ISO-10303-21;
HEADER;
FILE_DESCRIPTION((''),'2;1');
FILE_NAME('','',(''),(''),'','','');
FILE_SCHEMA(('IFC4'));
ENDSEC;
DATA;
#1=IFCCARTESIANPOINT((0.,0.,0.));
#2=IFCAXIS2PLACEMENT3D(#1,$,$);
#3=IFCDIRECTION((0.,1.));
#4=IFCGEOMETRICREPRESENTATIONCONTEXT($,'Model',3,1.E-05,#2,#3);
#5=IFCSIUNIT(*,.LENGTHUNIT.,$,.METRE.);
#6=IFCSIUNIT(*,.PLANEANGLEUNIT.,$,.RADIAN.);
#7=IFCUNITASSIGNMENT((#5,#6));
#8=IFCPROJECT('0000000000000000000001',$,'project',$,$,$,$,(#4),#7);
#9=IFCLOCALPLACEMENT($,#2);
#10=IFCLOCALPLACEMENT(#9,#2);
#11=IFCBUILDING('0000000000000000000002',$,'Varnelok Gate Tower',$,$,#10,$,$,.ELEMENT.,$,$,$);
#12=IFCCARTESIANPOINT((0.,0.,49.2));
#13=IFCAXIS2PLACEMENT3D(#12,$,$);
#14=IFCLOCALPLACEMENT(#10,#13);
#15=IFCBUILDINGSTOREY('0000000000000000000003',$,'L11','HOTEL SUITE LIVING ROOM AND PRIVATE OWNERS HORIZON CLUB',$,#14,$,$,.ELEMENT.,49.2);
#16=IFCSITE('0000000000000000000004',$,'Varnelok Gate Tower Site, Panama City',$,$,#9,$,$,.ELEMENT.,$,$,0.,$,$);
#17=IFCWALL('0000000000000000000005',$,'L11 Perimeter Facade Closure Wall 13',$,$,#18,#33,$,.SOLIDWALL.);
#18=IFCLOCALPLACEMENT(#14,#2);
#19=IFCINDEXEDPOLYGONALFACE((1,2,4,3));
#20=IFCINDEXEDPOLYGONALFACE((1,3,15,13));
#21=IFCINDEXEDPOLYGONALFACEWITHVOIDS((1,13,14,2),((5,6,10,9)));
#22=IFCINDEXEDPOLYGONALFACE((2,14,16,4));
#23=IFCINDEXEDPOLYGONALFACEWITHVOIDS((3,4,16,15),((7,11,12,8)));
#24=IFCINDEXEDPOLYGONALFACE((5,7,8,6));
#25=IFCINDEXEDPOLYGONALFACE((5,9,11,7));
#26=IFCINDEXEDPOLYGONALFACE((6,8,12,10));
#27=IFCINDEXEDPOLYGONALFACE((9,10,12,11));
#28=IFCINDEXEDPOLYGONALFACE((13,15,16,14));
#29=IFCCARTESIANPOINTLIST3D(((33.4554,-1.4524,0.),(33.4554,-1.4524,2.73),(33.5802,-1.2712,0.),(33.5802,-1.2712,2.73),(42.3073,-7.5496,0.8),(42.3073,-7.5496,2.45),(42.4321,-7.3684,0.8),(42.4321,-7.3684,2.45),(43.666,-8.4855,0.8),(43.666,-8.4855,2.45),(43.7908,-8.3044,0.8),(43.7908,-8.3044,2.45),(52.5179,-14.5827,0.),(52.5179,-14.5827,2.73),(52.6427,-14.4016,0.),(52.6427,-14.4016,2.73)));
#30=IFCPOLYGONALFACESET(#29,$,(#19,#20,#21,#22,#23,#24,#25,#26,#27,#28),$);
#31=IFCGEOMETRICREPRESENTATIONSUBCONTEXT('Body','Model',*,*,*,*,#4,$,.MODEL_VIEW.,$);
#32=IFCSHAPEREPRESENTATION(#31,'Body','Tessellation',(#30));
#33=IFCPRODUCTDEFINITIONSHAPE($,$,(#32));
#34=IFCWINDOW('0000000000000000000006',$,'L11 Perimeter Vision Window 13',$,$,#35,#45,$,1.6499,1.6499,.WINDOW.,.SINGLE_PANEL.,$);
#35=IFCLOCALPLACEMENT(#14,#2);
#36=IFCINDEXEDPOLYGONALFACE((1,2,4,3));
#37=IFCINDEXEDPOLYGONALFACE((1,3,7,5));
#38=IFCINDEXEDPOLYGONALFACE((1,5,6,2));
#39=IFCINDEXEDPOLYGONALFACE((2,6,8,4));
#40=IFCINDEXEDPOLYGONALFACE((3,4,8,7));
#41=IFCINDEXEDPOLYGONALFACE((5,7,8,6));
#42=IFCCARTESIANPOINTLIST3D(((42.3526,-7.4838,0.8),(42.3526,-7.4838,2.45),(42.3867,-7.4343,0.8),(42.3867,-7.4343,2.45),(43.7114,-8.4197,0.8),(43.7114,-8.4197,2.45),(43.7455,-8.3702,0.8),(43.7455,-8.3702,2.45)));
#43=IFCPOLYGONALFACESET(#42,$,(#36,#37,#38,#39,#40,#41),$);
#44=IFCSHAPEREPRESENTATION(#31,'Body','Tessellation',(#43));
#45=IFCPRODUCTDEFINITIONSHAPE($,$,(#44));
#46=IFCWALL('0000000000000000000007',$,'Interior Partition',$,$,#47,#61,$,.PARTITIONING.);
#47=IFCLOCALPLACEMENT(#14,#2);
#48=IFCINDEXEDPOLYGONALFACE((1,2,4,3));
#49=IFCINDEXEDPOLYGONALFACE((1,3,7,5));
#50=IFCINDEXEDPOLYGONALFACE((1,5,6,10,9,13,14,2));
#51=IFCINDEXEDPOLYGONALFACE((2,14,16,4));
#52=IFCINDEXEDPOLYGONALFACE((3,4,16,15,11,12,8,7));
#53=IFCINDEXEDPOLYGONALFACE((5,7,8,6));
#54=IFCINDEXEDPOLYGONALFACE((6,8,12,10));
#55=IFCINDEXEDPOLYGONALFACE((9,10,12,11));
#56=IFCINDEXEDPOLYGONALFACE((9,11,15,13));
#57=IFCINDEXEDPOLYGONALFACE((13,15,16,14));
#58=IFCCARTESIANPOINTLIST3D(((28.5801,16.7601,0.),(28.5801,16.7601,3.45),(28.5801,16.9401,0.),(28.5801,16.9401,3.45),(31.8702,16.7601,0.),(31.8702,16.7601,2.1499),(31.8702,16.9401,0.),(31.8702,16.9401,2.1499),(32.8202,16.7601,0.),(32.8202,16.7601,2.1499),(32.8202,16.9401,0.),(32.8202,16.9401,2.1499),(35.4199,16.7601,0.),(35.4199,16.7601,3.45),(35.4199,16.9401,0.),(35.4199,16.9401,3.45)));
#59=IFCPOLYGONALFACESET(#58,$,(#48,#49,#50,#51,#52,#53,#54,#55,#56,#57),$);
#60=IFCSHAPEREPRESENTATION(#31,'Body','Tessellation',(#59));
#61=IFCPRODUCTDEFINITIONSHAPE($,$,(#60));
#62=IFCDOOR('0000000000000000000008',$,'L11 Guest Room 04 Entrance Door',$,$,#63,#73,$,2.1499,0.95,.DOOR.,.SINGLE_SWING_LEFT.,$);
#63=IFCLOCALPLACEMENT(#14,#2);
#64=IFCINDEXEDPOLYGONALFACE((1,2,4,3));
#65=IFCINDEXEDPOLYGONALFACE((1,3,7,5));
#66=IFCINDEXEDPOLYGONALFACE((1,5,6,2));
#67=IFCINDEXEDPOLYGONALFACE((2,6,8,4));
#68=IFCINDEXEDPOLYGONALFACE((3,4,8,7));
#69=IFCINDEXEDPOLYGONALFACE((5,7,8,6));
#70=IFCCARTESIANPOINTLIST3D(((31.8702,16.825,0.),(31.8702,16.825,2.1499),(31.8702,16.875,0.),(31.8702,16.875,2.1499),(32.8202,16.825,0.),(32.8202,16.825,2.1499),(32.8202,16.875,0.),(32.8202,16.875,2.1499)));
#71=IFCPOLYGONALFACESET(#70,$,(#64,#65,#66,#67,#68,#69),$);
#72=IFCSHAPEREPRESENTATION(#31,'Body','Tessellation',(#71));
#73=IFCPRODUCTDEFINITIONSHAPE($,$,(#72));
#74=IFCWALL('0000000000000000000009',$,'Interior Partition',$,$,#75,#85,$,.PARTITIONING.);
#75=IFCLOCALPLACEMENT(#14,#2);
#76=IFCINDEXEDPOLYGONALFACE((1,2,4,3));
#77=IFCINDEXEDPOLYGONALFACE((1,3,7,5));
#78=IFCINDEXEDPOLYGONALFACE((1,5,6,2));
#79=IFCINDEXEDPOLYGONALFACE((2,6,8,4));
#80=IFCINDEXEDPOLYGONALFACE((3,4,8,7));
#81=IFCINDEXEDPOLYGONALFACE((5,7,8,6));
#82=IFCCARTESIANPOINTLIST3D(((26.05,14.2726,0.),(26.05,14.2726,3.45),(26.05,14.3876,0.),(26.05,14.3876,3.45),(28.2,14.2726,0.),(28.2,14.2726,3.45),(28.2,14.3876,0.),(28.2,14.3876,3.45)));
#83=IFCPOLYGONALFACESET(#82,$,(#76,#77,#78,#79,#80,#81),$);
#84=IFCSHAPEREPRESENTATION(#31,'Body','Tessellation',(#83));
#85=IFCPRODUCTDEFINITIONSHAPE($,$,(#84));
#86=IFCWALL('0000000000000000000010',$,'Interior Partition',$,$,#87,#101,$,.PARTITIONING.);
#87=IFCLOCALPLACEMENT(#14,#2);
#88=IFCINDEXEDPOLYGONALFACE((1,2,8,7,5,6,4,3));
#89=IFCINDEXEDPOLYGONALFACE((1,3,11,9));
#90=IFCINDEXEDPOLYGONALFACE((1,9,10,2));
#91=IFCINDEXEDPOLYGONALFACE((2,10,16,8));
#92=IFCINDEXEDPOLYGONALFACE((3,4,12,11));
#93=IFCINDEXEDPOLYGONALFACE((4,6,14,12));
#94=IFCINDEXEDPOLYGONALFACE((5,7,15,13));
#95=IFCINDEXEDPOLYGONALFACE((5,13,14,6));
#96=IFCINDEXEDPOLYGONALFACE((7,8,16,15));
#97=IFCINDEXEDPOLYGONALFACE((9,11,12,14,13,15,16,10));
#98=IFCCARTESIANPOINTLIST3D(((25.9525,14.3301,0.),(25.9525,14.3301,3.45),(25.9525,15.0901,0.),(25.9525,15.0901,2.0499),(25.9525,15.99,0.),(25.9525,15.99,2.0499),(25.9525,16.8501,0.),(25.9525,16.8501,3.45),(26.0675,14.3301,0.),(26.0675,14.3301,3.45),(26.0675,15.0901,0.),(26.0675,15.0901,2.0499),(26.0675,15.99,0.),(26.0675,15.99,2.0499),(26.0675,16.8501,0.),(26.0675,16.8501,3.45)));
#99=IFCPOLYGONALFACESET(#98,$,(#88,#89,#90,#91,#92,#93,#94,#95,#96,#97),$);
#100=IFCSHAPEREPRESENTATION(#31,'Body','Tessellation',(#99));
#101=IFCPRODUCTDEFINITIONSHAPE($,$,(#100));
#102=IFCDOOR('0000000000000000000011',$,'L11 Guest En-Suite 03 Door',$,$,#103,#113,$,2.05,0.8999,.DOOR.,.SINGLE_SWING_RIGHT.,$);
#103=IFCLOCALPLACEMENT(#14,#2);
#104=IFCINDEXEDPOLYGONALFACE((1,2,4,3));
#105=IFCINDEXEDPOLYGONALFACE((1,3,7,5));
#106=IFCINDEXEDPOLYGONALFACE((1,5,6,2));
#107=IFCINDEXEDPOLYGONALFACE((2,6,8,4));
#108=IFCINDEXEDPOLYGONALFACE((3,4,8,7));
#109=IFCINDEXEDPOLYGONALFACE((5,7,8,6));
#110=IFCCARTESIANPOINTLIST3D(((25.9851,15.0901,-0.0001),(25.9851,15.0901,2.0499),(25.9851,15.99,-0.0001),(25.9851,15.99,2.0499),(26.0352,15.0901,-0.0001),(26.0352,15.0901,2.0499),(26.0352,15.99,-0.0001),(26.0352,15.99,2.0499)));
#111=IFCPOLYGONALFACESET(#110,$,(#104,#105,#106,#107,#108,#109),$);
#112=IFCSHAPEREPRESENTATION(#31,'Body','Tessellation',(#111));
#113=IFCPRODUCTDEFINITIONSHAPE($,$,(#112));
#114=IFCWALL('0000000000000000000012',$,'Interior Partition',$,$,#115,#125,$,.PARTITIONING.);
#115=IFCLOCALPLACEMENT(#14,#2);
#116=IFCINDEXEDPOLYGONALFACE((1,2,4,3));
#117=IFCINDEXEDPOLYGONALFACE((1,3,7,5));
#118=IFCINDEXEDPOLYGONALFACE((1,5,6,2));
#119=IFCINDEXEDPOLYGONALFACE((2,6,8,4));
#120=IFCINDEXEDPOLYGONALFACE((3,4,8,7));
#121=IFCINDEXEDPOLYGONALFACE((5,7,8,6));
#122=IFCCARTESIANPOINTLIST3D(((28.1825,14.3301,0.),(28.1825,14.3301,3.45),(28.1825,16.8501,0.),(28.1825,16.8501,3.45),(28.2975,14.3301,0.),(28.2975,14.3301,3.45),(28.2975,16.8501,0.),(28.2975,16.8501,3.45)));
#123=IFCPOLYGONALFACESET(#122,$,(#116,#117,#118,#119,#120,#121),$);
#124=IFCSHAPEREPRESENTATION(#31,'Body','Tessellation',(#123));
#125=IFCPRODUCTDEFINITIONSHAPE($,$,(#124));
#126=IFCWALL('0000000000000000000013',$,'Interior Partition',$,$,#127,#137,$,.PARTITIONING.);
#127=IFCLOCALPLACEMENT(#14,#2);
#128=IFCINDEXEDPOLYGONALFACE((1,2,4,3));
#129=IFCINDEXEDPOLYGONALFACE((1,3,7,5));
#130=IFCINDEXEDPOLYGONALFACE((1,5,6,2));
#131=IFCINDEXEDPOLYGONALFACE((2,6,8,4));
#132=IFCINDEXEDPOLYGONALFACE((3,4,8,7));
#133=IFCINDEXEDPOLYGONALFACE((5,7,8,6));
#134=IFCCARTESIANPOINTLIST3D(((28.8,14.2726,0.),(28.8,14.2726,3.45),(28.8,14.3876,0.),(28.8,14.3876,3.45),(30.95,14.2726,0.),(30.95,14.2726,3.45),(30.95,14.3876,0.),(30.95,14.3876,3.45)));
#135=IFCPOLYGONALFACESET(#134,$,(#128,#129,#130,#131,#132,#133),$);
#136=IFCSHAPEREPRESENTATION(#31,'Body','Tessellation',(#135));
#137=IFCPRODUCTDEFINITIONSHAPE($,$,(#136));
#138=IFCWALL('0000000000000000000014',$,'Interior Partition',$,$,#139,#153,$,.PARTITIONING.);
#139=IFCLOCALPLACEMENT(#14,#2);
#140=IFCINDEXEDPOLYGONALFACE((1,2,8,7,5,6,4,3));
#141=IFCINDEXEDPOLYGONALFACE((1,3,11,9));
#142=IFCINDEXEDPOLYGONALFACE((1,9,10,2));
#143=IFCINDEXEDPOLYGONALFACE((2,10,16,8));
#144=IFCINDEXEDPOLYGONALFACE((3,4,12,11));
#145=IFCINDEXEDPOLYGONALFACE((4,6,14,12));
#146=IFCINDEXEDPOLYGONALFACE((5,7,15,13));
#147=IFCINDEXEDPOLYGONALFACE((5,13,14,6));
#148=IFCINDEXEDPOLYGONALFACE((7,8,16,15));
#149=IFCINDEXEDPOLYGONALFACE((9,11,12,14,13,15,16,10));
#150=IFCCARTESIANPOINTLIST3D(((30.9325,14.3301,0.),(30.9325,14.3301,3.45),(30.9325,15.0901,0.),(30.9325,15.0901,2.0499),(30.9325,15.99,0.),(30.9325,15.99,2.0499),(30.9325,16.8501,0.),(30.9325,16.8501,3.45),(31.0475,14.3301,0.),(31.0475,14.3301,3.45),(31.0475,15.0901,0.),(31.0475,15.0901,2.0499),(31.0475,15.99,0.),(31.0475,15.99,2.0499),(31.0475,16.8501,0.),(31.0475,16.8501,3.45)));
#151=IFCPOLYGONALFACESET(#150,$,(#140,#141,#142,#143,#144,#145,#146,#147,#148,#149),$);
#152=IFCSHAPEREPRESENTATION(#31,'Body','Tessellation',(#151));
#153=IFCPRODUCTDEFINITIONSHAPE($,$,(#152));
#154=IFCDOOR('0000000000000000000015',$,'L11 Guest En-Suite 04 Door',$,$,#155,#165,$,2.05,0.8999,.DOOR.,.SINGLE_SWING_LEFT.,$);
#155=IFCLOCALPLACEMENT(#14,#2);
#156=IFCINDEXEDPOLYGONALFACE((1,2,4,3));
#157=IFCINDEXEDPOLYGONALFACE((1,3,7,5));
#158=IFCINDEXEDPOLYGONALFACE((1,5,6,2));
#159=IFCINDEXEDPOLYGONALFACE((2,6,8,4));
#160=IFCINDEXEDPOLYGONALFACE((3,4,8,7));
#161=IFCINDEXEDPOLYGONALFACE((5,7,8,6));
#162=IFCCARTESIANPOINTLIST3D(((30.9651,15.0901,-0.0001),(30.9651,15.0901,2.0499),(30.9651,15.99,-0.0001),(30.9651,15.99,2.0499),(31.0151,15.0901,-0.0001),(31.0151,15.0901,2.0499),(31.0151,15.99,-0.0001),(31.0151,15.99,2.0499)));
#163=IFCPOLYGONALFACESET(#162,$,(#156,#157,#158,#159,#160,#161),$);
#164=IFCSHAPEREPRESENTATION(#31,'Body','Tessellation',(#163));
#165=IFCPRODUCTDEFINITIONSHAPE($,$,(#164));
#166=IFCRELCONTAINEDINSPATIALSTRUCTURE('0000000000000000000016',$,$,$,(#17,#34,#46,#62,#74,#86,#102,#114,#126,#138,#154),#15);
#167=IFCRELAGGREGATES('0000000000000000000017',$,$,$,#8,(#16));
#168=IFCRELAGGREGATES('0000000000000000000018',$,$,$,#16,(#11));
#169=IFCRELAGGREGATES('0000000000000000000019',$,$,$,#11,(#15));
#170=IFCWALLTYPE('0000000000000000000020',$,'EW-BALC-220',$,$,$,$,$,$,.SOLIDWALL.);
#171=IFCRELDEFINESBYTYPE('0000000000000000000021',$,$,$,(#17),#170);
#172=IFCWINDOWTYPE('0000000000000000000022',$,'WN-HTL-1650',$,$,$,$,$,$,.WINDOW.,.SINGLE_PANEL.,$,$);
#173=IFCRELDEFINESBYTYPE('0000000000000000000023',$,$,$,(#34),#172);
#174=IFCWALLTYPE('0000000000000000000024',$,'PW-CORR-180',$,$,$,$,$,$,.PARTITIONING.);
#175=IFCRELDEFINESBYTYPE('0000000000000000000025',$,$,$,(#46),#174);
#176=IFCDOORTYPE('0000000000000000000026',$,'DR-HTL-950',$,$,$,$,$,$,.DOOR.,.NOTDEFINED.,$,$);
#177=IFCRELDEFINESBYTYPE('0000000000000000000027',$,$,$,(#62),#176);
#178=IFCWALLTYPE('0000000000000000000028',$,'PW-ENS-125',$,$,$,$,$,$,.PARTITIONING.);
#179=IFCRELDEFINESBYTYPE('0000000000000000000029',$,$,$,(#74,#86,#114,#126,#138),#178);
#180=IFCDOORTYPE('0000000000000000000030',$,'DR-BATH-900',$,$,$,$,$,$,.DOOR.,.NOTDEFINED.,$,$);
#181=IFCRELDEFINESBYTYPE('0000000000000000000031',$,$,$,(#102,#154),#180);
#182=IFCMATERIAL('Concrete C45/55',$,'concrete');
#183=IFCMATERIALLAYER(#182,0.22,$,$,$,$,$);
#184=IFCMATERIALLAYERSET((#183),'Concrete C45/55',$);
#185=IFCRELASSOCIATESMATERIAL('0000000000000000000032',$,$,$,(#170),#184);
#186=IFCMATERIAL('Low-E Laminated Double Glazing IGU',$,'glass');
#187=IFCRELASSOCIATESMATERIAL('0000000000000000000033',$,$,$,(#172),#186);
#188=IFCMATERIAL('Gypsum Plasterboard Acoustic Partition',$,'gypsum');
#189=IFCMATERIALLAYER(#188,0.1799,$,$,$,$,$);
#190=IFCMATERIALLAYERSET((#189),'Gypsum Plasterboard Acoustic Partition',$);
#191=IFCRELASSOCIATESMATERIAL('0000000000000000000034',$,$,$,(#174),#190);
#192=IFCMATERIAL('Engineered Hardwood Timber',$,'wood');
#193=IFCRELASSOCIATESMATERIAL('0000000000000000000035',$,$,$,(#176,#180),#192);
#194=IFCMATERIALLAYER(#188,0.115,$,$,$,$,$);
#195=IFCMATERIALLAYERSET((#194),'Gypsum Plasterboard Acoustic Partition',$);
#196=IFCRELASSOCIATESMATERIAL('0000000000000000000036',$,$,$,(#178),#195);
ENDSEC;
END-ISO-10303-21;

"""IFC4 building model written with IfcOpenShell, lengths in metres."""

from ifc_helpers import new_model, si_unit, direction, frame, frame_2d, origin, place, context, subcontext, project, spatial, rectangle, extrude, material, layer, layer_set, type_object, element, fill, save


model = new_model("IFC4")

# Units and contexts
model_context = context("Model", 3, precision=1e-05, world=origin(), true_north=direction((0.0, 1.0)))
body_context = subcontext(model_context, "Body", "Model", "MODEL_VIEW")
ifc_project = project(units=[si_unit("LENGTHUNIT", "METRE"), si_unit("PLANEANGLEUNIT", "RADIAN")], contexts=[model_context])

# Site, building, storey
site_placement = place(None, origin())
site = spatial("IfcSite", under=ifc_project, at=site_placement, Name="Varnelok Gate Tower Site, Panama City", CompositionType="ELEMENT", RefElevation=0.0)
building_placement = place(site_placement, origin())
building = spatial("IfcBuilding", under=site, at=building_placement, Name="Varnelok Gate Tower", CompositionType="ELEMENT")
storey_placement = place(building_placement, frame((0.0, 0.0, 49.2)))
storey = spatial("IfcBuildingStorey", under=building, at=storey_placement, Name="L11", Description="HOTEL SUITE LIVING ROOM AND PRIVATE OWNERS HORIZON CLUB", CompositionType="ELEMENT", Elevation=49.2)

# Shared definitions
ifc_material_1 = material(Name="Concrete C45/55", Category="concrete")
ifc_layer_1 = layer(ifc_material_1, 0.22)
ifc_layer_set_1 = layer_set([ifc_layer_1], Name="Concrete C45/55")
wall_type_1 = type_object("IfcWallType", Name="EW-BALC-220", PredefinedType="SOLIDWALL", material=ifc_layer_set_1)
ifc_material_2 = material(Name="Low-E Laminated Double Glazing IGU", Category="glass")
window_type = type_object("IfcWindowType", Name="WN-HTL-1650", PartitioningType="SINGLE_PANEL", PredefinedType="WINDOW", material=ifc_material_2)

# Wall, opening, window
wall_1_placement = place(storey_placement, frame((33.5178, -1.3618, 0.0), z_axis=(0.0, 0.0, 1.0), x_axis=(0.823539, -0.567259, 0.0)))
wall_1 = element("IfcWall", 1, at=wall_1_placement, inside=storey, type_object=wall_type_1, Name="L11 Perimeter Facade Closure Wall 13", PredefinedType="SOLIDWALL", context=body_context, shape_type="SweptSolid", body=[
    extrude(rectangle(XDim=23.147, YDim=0.22, at=frame_2d((11.5735, 0.0))), origin(), (0.0, 0.0, 1.0), 2.73),
])
opening_1_placement = place(wall_1_placement, frame((10.7485, 0.0, 0.8)))
opening_1 = element("IfcOpeningElement", 2, at=opening_1_placement, cuts=wall_1, PredefinedType="OPENING", context=body_context, shape_type="SweptSolid", body=[
    extrude(rectangle(XDim=1.6499, YDim=1.6499, at=frame_2d((0.825, 0.825))), frame((0.0, 0.1199, 0.0), z_axis=(0.0, -1.0, 0.0), x_axis=(1.0, 0.0, 0.0)), (0.0, 0.0, 1.0), 0.24),
])
window_1_placement = place(opening_1_placement, origin())
window_1 = element("IfcWindow", 3, at=window_1_placement, inside=storey, type_object=window_type, Name="L11 Perimeter Vision Window 13", OverallHeight=1.6499, OverallWidth=1.6499, PartitioningType="SINGLE_PANEL", PredefinedType="WINDOW", context=body_context, shape_type="SweptSolid", body=[
    extrude(rectangle(XDim=1.6499, YDim=1.6499, at=frame_2d((0.825, 0.825))), frame((0.0, 0.03, 0.0), z_axis=(0.0, -1.0, 0.0), x_axis=(1.0, 0.0, 0.0)), (0.0, 0.0, 1.0), 0.0601),
])
fill(opening_1, window_1)

# Wall, opening, door
ifc_material_3 = material(Name="Gypsum Plasterboard Acoustic Partition", Category="gypsum")
ifc_layer_2 = layer(ifc_material_3, 0.1799)
ifc_layer_set_2 = layer_set([ifc_layer_2], Name="Gypsum Plasterboard Acoustic Partition")
wall_type_2 = type_object("IfcWallType", Name="PW-CORR-180", PredefinedType="PARTITIONING", material=ifc_layer_set_2)
wall_2_placement = place(storey_placement, frame((28.5801, 16.8501, 0.0), z_axis=(0.0, 0.0, 1.0), x_axis=(1.0, 0.0, 0.0)))
wall_2 = element("IfcWall", 4, at=wall_2_placement, inside=storey, type_object=wall_type_2, Name="Interior Partition", PredefinedType="PARTITIONING", context=body_context, shape_type="SweptSolid", body=[
    extrude(rectangle(XDim=6.8398, YDim=0.1799, at=frame_2d((3.4199, 0.0))), origin(), (0.0, 0.0, 1.0), 3.45),
])
opening_2_placement = place(wall_2_placement, frame((3.29, 0.0, 0.0)))
opening_2 = element("IfcOpeningElement", 5, at=opening_2_placement, cuts=wall_2, PredefinedType="OPENING", context=body_context, shape_type="SweptSolid", body=[
    extrude(rectangle(XDim=0.95, YDim=2.1499, at=frame_2d((0.4751, 1.075))), frame((0.0, 0.0999, 0.0), z_axis=(0.0, -1.0, 0.0), x_axis=(1.0, 0.0, 0.0)), (0.0, 0.0, 1.0), 0.2),
])
ifc_material_4 = material(Name="Engineered Hardwood Timber", Category="wood")
door_type_1 = type_object("IfcDoorType", Name="DR-HTL-950", OperationType="NOTDEFINED", PredefinedType="DOOR", material=ifc_material_4)
door_1_placement = place(opening_2_placement, origin())
door_1 = element("IfcDoor", 6, at=door_1_placement, inside=storey, type_object=door_type_1, Name="L11 Guest Room 04 Entrance Door", OperationType="SINGLE_SWING_LEFT", OverallHeight=2.1499, OverallWidth=0.95, PredefinedType="DOOR", context=body_context, shape_type="SweptSolid", body=[
    extrude(rectangle(XDim=0.95, YDim=2.1499, at=frame_2d((0.4751, 1.075))), frame((0.0, 0.0249, 0.0), z_axis=(0.0, -1.0, 0.0), x_axis=(1.0, 0.0, 0.0)), (0.0, 0.0, 1.0), 0.05),
])
fill(opening_2, door_1)

# Wall
ifc_layer_3 = layer(ifc_material_3, 0.115)
ifc_layer_set_3 = layer_set([ifc_layer_3], Name="Gypsum Plasterboard Acoustic Partition")
wall_type_3 = type_object("IfcWallType", Name="PW-ENS-125", PredefinedType="PARTITIONING", material=ifc_layer_set_3)
wall_3_placement = place(storey_placement, frame((26.05, 14.3301, 0.0), z_axis=(0.0, 0.0, 1.0), x_axis=(1.0, 0.0, 0.0)))
element("IfcWall", 7, at=wall_3_placement, inside=storey, type_object=wall_type_3, Name="Interior Partition", PredefinedType="PARTITIONING", context=body_context, shape_type="SweptSolid", body=[
    extrude(rectangle(XDim=2.1499, YDim=0.115, at=frame_2d((1.075, 0.0))), origin(), (0.0, 0.0, 1.0), 3.45),
])

# Wall, opening, door
wall_4_placement = place(storey_placement, frame((26.01, 14.3301, 0.0), z_axis=(0.0, 0.0, 1.0), x_axis=(0.0, 1.0, 0.0)))
wall_4 = element("IfcWall", 8, at=wall_4_placement, inside=storey, type_object=wall_type_3, Name="Interior Partition", PredefinedType="PARTITIONING", context=body_context, shape_type="SweptSolid", body=[
    extrude(rectangle(XDim=2.52, YDim=0.115, at=frame_2d((1.26, 0.0))), origin(), (0.0, 0.0, 1.0), 3.45),
])
opening_3_placement = place(wall_4_placement, frame((0.76, 0.0, 0.0)))
opening_3 = element("IfcOpeningElement", 9, at=opening_3_placement, cuts=wall_4, PredefinedType="OPENING", context=body_context, shape_type="SweptSolid", body=[
    extrude(rectangle(XDim=0.8999, YDim=2.05, at=frame_2d((0.45, 1.0249))), frame((0.0, 0.0674, 0.0), z_axis=(0.0, -1.0, 0.0), x_axis=(1.0, 0.0, 0.0)), (0.0, 0.0, 1.0), 0.135),
])
door_type_2 = type_object("IfcDoorType", Name="DR-BATH-900", OperationType="NOTDEFINED", PredefinedType="DOOR", material=ifc_material_4)
door_2_placement = place(opening_3_placement, origin())
door_2 = element("IfcDoor", 10, at=door_2_placement, inside=storey, type_object=door_type_2, Name="L11 Guest En-Suite 03 Door", OperationType="SINGLE_SWING_RIGHT", OverallHeight=2.05, OverallWidth=0.8999, PredefinedType="DOOR", context=body_context, shape_type="SweptSolid", body=[
    extrude(rectangle(XDim=0.8999, YDim=2.05, at=frame_2d((0.45, 1.0249))), frame((0.0, 0.0249, 0.0), z_axis=(0.0, -1.0, 0.0), x_axis=(1.0, 0.0, 0.0)), (0.0, 0.0, 1.0), 0.05),
])
fill(opening_3, door_2)

# Walls
wall_5_placement = place(storey_placement, frame((28.24, 14.3301, 0.0), z_axis=(0.0, 0.0, 1.0), x_axis=(0.0, 1.0, 0.0)))
element("IfcWall", 11, at=wall_5_placement, inside=storey, type_object=wall_type_3, Name="Interior Partition", PredefinedType="PARTITIONING", context=body_context, shape_type="SweptSolid", body=[
    extrude(rectangle(XDim=2.52, YDim=0.115, at=frame_2d((1.26, 0.0))), origin(), (0.0, 0.0, 1.0), 3.45),
])
wall_6_placement = place(storey_placement, frame((28.8, 14.3301, 0.0), z_axis=(0.0, 0.0, 1.0), x_axis=(1.0, 0.0, 0.0)))
element("IfcWall", 12, at=wall_6_placement, inside=storey, type_object=wall_type_3, Name="Interior Partition", PredefinedType="PARTITIONING", context=body_context, shape_type="SweptSolid", body=[
    extrude(rectangle(XDim=2.1499, YDim=0.115, at=frame_2d((1.075, 0.0))), origin(), (0.0, 0.0, 1.0), 3.45),
])

# Wall, opening, door
wall_7_placement = place(storey_placement, frame((30.99, 14.3301, 0.0), z_axis=(0.0, 0.0, 1.0), x_axis=(0.0, 1.0, 0.0)))
wall_7 = element("IfcWall", 13, at=wall_7_placement, inside=storey, type_object=wall_type_3, Name="Interior Partition", PredefinedType="PARTITIONING", context=body_context, shape_type="SweptSolid", body=[
    extrude(rectangle(XDim=2.52, YDim=0.115, at=frame_2d((1.26, 0.0))), origin(), (0.0, 0.0, 1.0), 3.45),
])
opening_4_placement = place(wall_7_placement, frame((0.76, 0.0, 0.0)))
opening_4 = element("IfcOpeningElement", 14, at=opening_4_placement, cuts=wall_7, PredefinedType="OPENING", context=body_context, shape_type="SweptSolid", body=[
    extrude(rectangle(XDim=0.8999, YDim=2.05, at=frame_2d((0.45, 1.0249))), frame((0.0, 0.0674, 0.0), z_axis=(0.0, -1.0, 0.0), x_axis=(1.0, 0.0, 0.0)), (0.0, 0.0, 1.0), 0.135),
])
door_3_placement = place(opening_4_placement, origin())
door_3 = element("IfcDoor", 15, at=door_3_placement, inside=storey, type_object=door_type_2, Name="L11 Guest En-Suite 04 Door", OperationType="SINGLE_SWING_LEFT", OverallHeight=2.05, OverallWidth=0.8999, PredefinedType="DOOR", context=body_context, shape_type="SweptSolid", body=[
    extrude(rectangle(XDim=0.8999, YDim=2.05, at=frame_2d((0.45, 1.0249))), frame((0.0, 0.0249, 0.0), z_axis=(0.0, -1.0, 0.0), x_axis=(1.0, 0.0, 0.0)), (0.0, 0.0, 1.0), 0.05),
])
fill(opening_4, door_3)

save(model, "model.ifc")
